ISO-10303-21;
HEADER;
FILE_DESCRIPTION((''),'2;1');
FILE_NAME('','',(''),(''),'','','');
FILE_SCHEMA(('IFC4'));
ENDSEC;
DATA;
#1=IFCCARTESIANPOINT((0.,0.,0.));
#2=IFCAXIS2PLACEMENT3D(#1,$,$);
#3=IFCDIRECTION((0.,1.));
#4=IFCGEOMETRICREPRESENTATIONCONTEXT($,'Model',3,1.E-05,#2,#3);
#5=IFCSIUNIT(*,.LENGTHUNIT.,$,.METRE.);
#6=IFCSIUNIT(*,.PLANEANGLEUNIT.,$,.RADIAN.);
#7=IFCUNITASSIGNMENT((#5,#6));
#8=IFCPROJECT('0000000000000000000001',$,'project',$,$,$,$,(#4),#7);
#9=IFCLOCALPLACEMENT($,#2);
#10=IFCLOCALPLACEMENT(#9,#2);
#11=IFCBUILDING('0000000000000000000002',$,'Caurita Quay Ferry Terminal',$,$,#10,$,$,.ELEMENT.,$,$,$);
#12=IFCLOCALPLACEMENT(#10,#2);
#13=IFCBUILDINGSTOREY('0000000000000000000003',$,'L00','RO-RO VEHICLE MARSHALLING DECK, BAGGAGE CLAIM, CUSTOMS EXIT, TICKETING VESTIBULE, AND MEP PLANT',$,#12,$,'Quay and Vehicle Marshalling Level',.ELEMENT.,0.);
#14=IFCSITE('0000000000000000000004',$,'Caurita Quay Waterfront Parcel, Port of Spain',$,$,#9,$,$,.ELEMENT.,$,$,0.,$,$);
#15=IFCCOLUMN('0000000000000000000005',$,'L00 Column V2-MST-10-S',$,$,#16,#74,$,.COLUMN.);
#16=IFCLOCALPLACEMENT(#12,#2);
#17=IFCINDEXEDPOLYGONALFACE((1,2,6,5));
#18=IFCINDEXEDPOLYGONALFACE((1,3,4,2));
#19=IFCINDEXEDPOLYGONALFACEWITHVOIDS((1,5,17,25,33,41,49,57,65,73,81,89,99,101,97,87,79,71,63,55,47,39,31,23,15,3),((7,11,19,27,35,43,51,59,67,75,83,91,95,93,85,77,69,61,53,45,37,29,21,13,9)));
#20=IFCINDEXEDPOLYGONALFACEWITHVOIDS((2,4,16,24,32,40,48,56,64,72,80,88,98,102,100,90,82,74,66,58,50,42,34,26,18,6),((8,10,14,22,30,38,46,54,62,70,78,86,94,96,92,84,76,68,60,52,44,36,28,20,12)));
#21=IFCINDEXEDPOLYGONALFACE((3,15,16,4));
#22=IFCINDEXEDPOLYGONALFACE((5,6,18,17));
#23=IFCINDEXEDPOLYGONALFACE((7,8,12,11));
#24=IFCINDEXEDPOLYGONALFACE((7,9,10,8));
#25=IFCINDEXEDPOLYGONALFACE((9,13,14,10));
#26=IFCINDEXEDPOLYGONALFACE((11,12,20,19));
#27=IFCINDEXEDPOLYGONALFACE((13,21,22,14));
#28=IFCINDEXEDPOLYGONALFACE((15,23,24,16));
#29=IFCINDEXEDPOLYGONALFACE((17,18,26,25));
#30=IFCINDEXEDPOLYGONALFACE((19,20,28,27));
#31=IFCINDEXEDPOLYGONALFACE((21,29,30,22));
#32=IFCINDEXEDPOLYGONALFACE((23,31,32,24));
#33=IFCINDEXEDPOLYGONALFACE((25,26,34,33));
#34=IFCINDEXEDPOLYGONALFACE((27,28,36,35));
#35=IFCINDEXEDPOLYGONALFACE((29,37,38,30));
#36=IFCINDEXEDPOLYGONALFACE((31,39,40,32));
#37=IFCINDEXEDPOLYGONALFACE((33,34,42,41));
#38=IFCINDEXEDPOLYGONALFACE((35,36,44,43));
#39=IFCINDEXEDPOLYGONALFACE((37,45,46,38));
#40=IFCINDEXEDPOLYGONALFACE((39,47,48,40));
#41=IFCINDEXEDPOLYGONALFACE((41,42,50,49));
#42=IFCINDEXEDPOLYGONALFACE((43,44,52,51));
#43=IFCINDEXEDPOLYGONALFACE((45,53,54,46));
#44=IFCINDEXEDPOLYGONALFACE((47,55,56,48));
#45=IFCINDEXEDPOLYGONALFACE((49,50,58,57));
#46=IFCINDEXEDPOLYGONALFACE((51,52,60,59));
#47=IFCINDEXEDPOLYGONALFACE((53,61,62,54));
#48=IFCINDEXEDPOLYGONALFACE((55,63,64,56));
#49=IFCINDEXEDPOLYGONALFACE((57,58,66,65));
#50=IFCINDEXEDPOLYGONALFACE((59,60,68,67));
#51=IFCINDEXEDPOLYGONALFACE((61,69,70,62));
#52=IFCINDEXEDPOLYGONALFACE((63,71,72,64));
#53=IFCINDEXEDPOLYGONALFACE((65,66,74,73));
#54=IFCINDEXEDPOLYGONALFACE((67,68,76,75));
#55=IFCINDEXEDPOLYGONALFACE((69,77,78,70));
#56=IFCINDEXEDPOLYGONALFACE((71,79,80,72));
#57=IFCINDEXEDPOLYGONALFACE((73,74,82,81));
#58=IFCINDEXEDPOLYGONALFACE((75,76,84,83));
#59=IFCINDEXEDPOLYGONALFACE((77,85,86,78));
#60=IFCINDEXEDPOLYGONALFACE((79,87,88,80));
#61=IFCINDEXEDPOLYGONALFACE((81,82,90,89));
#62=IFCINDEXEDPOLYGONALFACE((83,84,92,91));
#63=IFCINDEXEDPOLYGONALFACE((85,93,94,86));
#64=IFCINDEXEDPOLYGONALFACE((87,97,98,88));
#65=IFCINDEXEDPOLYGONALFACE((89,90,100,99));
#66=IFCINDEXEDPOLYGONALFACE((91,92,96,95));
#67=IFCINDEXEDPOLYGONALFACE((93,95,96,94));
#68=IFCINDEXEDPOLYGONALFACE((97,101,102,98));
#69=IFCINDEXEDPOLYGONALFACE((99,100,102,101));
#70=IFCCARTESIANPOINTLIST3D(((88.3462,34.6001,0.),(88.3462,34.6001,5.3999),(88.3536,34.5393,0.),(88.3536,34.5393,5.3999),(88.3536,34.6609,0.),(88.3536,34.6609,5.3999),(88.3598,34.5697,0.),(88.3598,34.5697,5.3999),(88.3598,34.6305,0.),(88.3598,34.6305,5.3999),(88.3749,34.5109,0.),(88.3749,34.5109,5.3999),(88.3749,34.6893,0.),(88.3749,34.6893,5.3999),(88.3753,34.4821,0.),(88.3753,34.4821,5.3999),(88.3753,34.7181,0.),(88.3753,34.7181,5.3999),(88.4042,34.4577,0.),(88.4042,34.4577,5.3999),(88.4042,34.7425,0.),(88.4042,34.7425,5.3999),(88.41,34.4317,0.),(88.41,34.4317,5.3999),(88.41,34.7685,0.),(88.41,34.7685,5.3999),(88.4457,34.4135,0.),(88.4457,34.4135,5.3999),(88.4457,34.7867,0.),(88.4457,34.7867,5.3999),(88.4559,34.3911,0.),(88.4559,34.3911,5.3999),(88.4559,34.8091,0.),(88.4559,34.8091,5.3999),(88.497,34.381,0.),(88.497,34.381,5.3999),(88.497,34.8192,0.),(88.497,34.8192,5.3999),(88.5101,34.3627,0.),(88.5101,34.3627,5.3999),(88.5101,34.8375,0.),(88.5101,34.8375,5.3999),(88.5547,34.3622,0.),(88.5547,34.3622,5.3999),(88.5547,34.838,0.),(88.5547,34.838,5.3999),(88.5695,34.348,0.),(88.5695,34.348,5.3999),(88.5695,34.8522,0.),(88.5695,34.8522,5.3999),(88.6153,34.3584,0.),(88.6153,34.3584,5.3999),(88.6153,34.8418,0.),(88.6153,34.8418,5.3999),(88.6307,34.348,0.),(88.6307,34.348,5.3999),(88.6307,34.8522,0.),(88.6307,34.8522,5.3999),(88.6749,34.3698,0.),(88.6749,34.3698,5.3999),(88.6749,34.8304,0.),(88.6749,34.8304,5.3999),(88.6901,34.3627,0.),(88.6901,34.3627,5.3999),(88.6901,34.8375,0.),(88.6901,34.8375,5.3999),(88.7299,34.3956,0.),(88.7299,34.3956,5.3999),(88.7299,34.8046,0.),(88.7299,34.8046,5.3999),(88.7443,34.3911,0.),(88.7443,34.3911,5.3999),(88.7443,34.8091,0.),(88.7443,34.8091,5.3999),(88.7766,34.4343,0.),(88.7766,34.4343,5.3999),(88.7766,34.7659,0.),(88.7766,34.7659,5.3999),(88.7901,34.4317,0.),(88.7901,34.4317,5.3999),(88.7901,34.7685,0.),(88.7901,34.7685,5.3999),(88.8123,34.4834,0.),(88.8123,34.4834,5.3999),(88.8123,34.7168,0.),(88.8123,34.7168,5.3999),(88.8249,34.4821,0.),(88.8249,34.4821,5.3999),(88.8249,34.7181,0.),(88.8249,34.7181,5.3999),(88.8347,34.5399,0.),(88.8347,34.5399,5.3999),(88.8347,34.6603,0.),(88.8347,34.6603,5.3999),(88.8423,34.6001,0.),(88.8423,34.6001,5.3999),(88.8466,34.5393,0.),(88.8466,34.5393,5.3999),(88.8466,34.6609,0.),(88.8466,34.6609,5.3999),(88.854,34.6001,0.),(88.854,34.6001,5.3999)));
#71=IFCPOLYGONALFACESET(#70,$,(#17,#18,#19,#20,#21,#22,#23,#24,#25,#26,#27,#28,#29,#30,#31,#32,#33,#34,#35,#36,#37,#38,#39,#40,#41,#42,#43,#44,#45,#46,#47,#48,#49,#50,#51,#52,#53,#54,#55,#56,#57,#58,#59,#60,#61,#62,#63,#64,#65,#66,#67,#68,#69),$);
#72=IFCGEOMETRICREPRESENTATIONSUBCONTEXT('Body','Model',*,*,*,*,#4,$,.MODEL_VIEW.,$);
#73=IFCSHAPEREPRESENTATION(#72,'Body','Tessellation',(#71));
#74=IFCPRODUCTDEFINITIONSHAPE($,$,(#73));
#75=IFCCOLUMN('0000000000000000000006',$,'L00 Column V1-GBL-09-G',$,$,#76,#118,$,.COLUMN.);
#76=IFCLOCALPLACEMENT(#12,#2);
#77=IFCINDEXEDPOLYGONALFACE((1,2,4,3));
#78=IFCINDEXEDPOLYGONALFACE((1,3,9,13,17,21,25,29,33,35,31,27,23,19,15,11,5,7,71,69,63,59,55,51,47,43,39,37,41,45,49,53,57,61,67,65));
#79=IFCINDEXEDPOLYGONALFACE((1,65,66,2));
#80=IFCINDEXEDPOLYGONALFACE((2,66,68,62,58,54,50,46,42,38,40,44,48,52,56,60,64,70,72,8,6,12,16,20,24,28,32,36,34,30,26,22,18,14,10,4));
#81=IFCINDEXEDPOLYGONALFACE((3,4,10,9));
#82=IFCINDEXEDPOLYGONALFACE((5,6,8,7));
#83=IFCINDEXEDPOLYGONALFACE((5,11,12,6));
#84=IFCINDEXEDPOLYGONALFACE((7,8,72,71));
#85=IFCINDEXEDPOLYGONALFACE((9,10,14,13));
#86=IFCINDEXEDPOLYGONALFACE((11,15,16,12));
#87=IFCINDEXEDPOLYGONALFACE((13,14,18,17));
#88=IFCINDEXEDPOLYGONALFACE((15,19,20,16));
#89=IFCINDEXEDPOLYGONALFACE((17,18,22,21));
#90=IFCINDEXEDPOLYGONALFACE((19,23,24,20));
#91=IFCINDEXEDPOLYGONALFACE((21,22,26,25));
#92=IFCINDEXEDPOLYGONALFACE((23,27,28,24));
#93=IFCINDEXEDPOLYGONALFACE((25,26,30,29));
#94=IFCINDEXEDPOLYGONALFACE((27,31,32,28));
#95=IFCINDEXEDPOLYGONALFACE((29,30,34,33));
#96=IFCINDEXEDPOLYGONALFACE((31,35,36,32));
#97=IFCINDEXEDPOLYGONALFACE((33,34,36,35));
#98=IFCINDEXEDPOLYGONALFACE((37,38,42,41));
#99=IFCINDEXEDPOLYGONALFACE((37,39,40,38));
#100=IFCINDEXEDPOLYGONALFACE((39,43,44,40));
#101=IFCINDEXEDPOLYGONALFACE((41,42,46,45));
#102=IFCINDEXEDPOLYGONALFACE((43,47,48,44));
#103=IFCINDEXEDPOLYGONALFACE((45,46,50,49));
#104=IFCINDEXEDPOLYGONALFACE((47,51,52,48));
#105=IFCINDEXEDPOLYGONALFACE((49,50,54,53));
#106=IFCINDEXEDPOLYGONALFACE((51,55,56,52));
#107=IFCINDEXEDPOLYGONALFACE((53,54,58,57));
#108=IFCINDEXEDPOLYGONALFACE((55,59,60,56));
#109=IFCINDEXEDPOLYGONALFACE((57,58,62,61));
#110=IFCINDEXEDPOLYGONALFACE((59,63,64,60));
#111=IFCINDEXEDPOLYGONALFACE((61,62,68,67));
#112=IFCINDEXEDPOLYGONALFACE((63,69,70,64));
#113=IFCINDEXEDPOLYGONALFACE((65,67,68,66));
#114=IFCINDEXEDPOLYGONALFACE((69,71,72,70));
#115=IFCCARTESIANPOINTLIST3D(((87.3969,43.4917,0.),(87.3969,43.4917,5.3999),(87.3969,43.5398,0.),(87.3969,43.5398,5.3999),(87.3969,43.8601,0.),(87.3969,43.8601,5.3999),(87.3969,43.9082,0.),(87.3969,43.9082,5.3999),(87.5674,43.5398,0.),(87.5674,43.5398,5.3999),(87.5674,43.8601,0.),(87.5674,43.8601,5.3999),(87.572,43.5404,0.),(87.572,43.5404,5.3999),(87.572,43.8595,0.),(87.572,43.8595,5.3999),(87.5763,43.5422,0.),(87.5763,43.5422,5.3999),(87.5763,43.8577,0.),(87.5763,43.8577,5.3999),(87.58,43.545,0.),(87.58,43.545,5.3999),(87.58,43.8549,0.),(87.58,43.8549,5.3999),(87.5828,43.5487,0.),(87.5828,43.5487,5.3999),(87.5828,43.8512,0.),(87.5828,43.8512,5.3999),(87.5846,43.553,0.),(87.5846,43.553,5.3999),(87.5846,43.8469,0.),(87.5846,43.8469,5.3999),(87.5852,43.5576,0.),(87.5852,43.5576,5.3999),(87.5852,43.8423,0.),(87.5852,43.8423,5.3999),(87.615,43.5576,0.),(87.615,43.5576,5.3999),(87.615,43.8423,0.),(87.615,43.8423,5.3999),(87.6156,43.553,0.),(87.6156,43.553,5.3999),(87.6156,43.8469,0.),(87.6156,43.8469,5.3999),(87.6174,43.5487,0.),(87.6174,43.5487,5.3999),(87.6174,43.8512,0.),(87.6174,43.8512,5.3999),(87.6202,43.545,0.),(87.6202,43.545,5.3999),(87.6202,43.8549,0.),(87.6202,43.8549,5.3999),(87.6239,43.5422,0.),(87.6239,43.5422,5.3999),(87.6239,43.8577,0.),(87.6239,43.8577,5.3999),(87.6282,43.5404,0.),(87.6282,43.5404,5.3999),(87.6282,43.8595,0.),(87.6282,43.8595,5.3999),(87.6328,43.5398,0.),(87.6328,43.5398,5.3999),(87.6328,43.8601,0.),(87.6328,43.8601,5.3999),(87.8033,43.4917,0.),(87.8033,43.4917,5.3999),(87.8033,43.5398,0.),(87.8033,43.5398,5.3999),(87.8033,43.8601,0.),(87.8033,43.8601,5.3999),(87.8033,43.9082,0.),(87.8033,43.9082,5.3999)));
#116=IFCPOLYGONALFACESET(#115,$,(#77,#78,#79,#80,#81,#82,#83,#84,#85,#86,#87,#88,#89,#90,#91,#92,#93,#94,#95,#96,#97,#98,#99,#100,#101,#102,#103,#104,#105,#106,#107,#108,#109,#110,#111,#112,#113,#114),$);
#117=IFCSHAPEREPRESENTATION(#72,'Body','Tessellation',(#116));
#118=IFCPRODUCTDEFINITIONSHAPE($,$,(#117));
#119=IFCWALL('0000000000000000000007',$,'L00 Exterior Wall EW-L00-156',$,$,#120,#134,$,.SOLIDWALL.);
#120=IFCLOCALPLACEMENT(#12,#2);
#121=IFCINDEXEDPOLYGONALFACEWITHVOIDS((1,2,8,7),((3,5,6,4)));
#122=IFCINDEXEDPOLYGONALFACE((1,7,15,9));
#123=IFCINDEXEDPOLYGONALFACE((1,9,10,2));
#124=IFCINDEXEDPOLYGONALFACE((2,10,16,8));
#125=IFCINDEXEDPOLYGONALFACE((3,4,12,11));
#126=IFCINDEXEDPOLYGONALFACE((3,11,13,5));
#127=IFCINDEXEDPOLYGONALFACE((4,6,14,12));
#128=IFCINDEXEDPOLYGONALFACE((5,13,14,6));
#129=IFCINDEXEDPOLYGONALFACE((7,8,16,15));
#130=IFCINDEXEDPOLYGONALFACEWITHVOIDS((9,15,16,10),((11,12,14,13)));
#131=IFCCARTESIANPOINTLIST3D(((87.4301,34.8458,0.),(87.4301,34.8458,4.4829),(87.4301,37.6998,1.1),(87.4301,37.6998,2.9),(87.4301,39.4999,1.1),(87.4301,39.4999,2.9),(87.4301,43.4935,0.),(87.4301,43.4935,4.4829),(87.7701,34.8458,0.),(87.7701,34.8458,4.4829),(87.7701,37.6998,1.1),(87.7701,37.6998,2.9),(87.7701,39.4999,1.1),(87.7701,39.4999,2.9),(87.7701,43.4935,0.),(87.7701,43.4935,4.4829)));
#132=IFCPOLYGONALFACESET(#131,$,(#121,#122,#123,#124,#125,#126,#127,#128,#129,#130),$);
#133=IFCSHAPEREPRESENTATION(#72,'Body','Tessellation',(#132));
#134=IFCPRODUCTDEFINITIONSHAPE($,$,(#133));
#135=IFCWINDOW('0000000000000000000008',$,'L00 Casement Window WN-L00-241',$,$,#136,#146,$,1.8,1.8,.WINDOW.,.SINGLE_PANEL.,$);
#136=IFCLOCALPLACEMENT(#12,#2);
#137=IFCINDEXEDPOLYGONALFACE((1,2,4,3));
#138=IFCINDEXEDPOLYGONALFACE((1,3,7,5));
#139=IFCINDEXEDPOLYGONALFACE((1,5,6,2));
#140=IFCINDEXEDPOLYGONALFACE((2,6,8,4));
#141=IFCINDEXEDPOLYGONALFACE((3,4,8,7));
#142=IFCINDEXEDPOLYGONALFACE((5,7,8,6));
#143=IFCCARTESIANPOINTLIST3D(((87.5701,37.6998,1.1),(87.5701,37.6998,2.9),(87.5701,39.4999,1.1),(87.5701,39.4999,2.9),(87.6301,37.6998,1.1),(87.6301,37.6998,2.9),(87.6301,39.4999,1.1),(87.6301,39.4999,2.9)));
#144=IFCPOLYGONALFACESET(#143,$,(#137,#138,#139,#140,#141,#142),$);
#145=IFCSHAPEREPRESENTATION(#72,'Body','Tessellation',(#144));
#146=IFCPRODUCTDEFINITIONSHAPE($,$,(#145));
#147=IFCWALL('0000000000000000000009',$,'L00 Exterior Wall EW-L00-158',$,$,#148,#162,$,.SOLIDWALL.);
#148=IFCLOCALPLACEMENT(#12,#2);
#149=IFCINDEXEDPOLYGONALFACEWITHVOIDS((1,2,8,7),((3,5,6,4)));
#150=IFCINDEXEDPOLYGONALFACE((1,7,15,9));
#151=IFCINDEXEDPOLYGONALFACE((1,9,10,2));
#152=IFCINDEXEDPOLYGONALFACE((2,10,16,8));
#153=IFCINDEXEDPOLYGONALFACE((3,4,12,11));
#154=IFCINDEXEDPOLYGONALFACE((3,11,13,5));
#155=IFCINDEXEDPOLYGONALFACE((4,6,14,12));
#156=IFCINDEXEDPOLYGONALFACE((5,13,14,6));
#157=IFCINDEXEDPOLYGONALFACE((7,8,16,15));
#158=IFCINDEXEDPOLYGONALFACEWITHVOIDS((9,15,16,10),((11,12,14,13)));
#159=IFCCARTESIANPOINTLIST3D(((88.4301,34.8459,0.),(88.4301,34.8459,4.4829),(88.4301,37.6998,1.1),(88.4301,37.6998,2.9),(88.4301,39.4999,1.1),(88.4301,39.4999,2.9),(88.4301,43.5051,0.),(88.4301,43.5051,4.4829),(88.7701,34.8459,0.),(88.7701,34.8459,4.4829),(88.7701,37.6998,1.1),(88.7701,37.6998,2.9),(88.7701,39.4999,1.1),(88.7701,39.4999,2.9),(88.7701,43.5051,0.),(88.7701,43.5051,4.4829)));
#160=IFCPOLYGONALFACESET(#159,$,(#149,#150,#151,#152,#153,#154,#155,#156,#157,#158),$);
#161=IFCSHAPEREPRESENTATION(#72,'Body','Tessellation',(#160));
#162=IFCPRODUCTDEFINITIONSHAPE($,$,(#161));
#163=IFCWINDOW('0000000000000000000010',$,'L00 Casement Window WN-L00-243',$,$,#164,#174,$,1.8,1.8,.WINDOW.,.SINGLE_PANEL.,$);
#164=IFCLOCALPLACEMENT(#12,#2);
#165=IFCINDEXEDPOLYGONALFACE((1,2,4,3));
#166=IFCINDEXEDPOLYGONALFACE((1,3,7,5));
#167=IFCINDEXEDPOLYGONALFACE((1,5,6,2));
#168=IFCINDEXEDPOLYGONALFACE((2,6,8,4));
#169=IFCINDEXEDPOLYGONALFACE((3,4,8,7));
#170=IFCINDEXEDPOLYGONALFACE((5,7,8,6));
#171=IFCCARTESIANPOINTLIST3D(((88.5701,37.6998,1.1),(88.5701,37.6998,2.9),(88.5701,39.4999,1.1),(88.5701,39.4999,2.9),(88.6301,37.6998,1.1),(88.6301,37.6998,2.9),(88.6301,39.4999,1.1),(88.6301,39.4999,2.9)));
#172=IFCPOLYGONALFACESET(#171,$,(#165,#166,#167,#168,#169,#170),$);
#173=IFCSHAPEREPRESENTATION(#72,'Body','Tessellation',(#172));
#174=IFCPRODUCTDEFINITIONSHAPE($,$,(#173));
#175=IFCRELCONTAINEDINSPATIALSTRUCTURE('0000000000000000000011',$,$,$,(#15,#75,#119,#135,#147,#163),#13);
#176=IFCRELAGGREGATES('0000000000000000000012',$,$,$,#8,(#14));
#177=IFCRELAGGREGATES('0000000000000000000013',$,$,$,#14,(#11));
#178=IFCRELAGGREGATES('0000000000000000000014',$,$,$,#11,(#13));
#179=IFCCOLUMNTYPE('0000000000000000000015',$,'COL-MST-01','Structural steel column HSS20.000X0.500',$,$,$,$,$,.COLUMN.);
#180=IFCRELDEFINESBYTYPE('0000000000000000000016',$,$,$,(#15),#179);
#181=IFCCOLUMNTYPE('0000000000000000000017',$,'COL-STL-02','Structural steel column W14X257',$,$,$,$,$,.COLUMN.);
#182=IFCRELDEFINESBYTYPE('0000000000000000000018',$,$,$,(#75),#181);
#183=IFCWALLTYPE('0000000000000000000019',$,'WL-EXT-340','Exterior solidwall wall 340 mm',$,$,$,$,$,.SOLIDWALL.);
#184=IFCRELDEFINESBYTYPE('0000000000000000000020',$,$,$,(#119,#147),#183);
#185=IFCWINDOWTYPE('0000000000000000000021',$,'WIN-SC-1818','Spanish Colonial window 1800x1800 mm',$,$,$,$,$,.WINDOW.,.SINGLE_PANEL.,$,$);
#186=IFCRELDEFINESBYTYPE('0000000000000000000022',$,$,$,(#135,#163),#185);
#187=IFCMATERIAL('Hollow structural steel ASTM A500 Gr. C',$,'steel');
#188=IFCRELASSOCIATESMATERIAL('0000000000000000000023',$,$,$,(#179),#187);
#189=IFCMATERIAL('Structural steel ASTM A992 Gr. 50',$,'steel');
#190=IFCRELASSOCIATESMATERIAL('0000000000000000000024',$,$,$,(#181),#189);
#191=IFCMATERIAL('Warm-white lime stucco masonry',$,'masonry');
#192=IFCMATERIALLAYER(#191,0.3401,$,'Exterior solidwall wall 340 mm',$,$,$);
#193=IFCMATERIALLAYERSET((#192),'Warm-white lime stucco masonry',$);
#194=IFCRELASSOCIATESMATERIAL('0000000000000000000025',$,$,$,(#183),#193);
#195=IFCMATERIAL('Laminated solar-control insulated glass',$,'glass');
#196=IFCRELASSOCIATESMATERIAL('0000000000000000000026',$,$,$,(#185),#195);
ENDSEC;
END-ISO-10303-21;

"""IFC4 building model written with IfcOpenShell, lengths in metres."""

from ifc_helpers import new_model, si_unit, direction, frame, frame_2d, origin, origin_2d, place, context, subcontext, project, spatial, rectangle, hollow_circle, i_section, extrude, material, layer, layer_set, material_profile, profile_set, type_object, element, fill, save


model = new_model("IFC4")

# Units and contexts
model_context = context("Model", 3, precision=1e-05, world=origin(), true_north=direction((0.0, 1.0)))
body_context = subcontext(model_context, "Body", "Model", "MODEL_VIEW")
ifc_project = project(units=[si_unit("LENGTHUNIT", "METRE"), si_unit("PLANEANGLEUNIT", "RADIAN")], contexts=[model_context])

# Site, building, storey
site_placement = place(None, origin())
site = spatial("IfcSite", under=ifc_project, at=site_placement, Name="Caurita Quay Waterfront Parcel, Port of Spain", CompositionType="ELEMENT", RefElevation=0.0)
building_placement = place(site_placement, origin())
building = spatial("IfcBuilding", under=site, at=building_placement, Name="Caurita Quay Ferry Terminal", CompositionType="ELEMENT")
storey_placement = place(building_placement, origin())
storey = spatial("IfcBuildingStorey", under=building, at=storey_placement, Name="L00", Description="RO-RO VEHICLE MARSHALLING DECK, BAGGAGE CLAIM, CUSTOMS EXIT, TICKETING VESTIBULE, AND MEP PLANT", LongName="Quay and Vehicle Marshalling Level", CompositionType="ELEMENT", Elevation=0.0)

# Columns
ifc_material_1 = material(Name="Hollow structural steel ASTM A500 Gr. C", Category="steel")
ifc_material_profile_1 = material_profile(ifc_material_1, hollow_circle(Radius=0.2539, WallThickness=0.0117, at=origin_2d()), Name="HSS20.000X0.500")
ifc_profile_set_1 = profile_set([ifc_material_profile_1], Name="Hollow structural steel ASTM A500 Gr. C")
column_type_1 = type_object("IfcColumnType", Name="COL-MST-01", Description="Structural steel column HSS20.000X0.500", PredefinedType="COLUMN", material=ifc_profile_set_1)
for number, where, z_axis, x_axis, name in (
    (1, (88.6001, 34.6001, 0.0), (0.0, 0.0, 1.0), (1.0, 0.0, 0.0), "L00 Column V2-MST-10-S"),
):
    element("IfcColumn", number, at=place(storey_placement, frame(where, z_axis=z_axis, x_axis=x_axis)), inside=storey, type_object=column_type_1, Name=name, PredefinedType="COLUMN", context=body_context, shape_type="SweptSolid", body=[
        extrude(hollow_circle(Radius=0.2539, WallThickness=0.0117, at=origin_2d()), origin(), (0.0, 0.0, 1.0), 5.3999),
    ])
ifc_material_2 = material(Name="Structural steel ASTM A992 Gr. 50", Category="steel")
ifc_material_profile_2 = material_profile(ifc_material_2, i_section(OverallWidth=0.4065, OverallDepth=0.4165, WebThickness=0.0298, FlangeThickness=0.0481, FilletRadius=0.0178, at=origin_2d()), Name="W14X257")
ifc_profile_set_2 = profile_set([ifc_material_profile_2], Name="Structural steel ASTM A992 Gr. 50")
column_type_2 = type_object("IfcColumnType", Name="COL-STL-02", Description="Structural steel column W14X257", PredefinedType="COLUMN", material=ifc_profile_set_2)
column_placement = place(storey_placement, frame((87.6001, 43.7, 0.0), z_axis=(0.0, 0.0, 1.0), x_axis=(1.0, 0.0, 0.0)))
element("IfcColumn", 2, at=column_placement, inside=storey, type_object=column_type_2, Name="L00 Column V1-GBL-09-G", PredefinedType="COLUMN", context=body_context, shape_type="SweptSolid", body=[
    extrude(i_section(OverallWidth=0.4065, OverallDepth=0.4165, WebThickness=0.0298, FlangeThickness=0.0481, FilletRadius=0.0178, at=origin_2d()), origin(), (0.0, 0.0, 1.0), 5.3999),
])

# Walls, openings, windows
ifc_material_3 = material(Name="Warm-white lime stucco masonry", Category="masonry")
ifc_layer_1 = layer(ifc_material_3, 0.3401, Name="Exterior solidwall wall 340 mm")
ifc_layer_set_1 = layer_set([ifc_layer_1], Name="Warm-white lime stucco masonry")
wall_type_1 = type_object("IfcWallType", Name="WL-EXT-340", Description="Exterior solidwall wall 340 mm", PredefinedType="SOLIDWALL", material=ifc_layer_set_1)
wall_1_placement = place(storey_placement, frame((87.6001, 34.8459, 0.0), z_axis=(0.0, 0.0, 1.0), x_axis=(0.0, 1.0, 0.0)))
wall_1 = element("IfcWall", 3, at=wall_1_placement, inside=storey, type_object=wall_type_1, Name="L00 Exterior Wall EW-L00-156", PredefinedType="SOLIDWALL", context=body_context, shape_type="SweptSolid", body=[
    extrude(rectangle(XDim=8.6477, YDim=0.3401, at=frame_2d((4.3237, 0.0))), origin(), (0.0, 0.0, 1.0), 4.4829),
])
opening_1_placement = place(wall_1_placement, frame((2.854, 0.0, 1.1001)))
opening_1 = element("IfcOpeningElement", 4, at=opening_1_placement, cuts=wall_1, PredefinedType="OPENING", context=body_context, shape_type="SweptSolid", body=[
    extrude(rectangle(XDim=1.8, YDim=1.8, at=frame_2d((0.8999, 0.8999))), frame((0.0, 0.1799, 0.0), z_axis=(0.0, -1.0, 0.0), x_axis=(1.0, 0.0, 0.0)), (0.0, 0.0, 1.0), 0.3601),
])
ifc_material_4 = material(Name="Laminated solar-control insulated glass", Category="glass")
window_type_1 = type_object("IfcWindowType", Name="WIN-SC-1818", Description="Spanish Colonial window 1800x1800 mm", PartitioningType="SINGLE_PANEL", PredefinedType="WINDOW", material=ifc_material_4)
window_1_placement = place(opening_1_placement, origin())
window_1 = element("IfcWindow", 5, at=window_1_placement, inside=storey, type_object=window_type_1, Name="L00 Casement Window WN-L00-241", OverallHeight=1.8, OverallWidth=1.8, PartitioningType="SINGLE_PANEL", PredefinedType="WINDOW", context=body_context, shape_type="SweptSolid", body=[
    extrude(rectangle(XDim=1.8, YDim=1.8, at=frame_2d((0.8999, 0.8999))), frame((0.0, 0.03, 0.0), z_axis=(0.0, -1.0, 0.0), x_axis=(1.0, 0.0, 0.0)), (0.0, 0.0, 1.0), 0.0601),
])
fill(opening_1, window_1)
wall_2_placement = place(storey_placement, frame((88.6001, 34.8459, 0.0), z_axis=(0.0, 0.0, 1.0), x_axis=(0.0, 1.0, 0.0)))
wall_2 = element("IfcWall", 6, at=wall_2_placement, inside=storey, type_object=wall_type_1, Name="L00 Exterior Wall EW-L00-158", PredefinedType="SOLIDWALL", context=body_context, shape_type="SweptSolid", body=[
    extrude(rectangle(XDim=8.6592, YDim=0.3401, at=frame_2d((4.3296, 0.0))), origin(), (0.0, 0.0, 1.0), 4.4829),
])
opening_2_placement = place(wall_2_placement, frame((2.854, 0.0, 1.1001)))
opening_2 = element("IfcOpeningElement", 7, at=opening_2_placement, cuts=wall_2, PredefinedType="OPENING", context=body_context, shape_type="SweptSolid", body=[
    extrude(rectangle(XDim=1.8, YDim=1.8, at=frame_2d((0.8999, 0.8999))), frame((0.0, 0.1799, 0.0), z_axis=(0.0, -1.0, 0.0), x_axis=(1.0, 0.0, 0.0)), (0.0, 0.0, 1.0), 0.3601),
])
window_2_placement = place(opening_2_placement, origin())
window_2 = element("IfcWindow", 8, at=window_2_placement, inside=storey, type_object=window_type_1, Name="L00 Casement Window WN-L00-243", OverallHeight=1.8, OverallWidth=1.8, PartitioningType="SINGLE_PANEL", PredefinedType="WINDOW", context=body_context, shape_type="SweptSolid", body=[
    extrude(rectangle(XDim=1.8, YDim=1.8, at=frame_2d((0.8999, 0.8999))), frame((0.0, 0.03, 0.0), z_axis=(0.0, -1.0, 0.0), x_axis=(1.0, 0.0, 0.0)), (0.0, 0.0, 1.0), 0.0601),
])
fill(opening_2, window_2)

save(model, "model.ifc")
